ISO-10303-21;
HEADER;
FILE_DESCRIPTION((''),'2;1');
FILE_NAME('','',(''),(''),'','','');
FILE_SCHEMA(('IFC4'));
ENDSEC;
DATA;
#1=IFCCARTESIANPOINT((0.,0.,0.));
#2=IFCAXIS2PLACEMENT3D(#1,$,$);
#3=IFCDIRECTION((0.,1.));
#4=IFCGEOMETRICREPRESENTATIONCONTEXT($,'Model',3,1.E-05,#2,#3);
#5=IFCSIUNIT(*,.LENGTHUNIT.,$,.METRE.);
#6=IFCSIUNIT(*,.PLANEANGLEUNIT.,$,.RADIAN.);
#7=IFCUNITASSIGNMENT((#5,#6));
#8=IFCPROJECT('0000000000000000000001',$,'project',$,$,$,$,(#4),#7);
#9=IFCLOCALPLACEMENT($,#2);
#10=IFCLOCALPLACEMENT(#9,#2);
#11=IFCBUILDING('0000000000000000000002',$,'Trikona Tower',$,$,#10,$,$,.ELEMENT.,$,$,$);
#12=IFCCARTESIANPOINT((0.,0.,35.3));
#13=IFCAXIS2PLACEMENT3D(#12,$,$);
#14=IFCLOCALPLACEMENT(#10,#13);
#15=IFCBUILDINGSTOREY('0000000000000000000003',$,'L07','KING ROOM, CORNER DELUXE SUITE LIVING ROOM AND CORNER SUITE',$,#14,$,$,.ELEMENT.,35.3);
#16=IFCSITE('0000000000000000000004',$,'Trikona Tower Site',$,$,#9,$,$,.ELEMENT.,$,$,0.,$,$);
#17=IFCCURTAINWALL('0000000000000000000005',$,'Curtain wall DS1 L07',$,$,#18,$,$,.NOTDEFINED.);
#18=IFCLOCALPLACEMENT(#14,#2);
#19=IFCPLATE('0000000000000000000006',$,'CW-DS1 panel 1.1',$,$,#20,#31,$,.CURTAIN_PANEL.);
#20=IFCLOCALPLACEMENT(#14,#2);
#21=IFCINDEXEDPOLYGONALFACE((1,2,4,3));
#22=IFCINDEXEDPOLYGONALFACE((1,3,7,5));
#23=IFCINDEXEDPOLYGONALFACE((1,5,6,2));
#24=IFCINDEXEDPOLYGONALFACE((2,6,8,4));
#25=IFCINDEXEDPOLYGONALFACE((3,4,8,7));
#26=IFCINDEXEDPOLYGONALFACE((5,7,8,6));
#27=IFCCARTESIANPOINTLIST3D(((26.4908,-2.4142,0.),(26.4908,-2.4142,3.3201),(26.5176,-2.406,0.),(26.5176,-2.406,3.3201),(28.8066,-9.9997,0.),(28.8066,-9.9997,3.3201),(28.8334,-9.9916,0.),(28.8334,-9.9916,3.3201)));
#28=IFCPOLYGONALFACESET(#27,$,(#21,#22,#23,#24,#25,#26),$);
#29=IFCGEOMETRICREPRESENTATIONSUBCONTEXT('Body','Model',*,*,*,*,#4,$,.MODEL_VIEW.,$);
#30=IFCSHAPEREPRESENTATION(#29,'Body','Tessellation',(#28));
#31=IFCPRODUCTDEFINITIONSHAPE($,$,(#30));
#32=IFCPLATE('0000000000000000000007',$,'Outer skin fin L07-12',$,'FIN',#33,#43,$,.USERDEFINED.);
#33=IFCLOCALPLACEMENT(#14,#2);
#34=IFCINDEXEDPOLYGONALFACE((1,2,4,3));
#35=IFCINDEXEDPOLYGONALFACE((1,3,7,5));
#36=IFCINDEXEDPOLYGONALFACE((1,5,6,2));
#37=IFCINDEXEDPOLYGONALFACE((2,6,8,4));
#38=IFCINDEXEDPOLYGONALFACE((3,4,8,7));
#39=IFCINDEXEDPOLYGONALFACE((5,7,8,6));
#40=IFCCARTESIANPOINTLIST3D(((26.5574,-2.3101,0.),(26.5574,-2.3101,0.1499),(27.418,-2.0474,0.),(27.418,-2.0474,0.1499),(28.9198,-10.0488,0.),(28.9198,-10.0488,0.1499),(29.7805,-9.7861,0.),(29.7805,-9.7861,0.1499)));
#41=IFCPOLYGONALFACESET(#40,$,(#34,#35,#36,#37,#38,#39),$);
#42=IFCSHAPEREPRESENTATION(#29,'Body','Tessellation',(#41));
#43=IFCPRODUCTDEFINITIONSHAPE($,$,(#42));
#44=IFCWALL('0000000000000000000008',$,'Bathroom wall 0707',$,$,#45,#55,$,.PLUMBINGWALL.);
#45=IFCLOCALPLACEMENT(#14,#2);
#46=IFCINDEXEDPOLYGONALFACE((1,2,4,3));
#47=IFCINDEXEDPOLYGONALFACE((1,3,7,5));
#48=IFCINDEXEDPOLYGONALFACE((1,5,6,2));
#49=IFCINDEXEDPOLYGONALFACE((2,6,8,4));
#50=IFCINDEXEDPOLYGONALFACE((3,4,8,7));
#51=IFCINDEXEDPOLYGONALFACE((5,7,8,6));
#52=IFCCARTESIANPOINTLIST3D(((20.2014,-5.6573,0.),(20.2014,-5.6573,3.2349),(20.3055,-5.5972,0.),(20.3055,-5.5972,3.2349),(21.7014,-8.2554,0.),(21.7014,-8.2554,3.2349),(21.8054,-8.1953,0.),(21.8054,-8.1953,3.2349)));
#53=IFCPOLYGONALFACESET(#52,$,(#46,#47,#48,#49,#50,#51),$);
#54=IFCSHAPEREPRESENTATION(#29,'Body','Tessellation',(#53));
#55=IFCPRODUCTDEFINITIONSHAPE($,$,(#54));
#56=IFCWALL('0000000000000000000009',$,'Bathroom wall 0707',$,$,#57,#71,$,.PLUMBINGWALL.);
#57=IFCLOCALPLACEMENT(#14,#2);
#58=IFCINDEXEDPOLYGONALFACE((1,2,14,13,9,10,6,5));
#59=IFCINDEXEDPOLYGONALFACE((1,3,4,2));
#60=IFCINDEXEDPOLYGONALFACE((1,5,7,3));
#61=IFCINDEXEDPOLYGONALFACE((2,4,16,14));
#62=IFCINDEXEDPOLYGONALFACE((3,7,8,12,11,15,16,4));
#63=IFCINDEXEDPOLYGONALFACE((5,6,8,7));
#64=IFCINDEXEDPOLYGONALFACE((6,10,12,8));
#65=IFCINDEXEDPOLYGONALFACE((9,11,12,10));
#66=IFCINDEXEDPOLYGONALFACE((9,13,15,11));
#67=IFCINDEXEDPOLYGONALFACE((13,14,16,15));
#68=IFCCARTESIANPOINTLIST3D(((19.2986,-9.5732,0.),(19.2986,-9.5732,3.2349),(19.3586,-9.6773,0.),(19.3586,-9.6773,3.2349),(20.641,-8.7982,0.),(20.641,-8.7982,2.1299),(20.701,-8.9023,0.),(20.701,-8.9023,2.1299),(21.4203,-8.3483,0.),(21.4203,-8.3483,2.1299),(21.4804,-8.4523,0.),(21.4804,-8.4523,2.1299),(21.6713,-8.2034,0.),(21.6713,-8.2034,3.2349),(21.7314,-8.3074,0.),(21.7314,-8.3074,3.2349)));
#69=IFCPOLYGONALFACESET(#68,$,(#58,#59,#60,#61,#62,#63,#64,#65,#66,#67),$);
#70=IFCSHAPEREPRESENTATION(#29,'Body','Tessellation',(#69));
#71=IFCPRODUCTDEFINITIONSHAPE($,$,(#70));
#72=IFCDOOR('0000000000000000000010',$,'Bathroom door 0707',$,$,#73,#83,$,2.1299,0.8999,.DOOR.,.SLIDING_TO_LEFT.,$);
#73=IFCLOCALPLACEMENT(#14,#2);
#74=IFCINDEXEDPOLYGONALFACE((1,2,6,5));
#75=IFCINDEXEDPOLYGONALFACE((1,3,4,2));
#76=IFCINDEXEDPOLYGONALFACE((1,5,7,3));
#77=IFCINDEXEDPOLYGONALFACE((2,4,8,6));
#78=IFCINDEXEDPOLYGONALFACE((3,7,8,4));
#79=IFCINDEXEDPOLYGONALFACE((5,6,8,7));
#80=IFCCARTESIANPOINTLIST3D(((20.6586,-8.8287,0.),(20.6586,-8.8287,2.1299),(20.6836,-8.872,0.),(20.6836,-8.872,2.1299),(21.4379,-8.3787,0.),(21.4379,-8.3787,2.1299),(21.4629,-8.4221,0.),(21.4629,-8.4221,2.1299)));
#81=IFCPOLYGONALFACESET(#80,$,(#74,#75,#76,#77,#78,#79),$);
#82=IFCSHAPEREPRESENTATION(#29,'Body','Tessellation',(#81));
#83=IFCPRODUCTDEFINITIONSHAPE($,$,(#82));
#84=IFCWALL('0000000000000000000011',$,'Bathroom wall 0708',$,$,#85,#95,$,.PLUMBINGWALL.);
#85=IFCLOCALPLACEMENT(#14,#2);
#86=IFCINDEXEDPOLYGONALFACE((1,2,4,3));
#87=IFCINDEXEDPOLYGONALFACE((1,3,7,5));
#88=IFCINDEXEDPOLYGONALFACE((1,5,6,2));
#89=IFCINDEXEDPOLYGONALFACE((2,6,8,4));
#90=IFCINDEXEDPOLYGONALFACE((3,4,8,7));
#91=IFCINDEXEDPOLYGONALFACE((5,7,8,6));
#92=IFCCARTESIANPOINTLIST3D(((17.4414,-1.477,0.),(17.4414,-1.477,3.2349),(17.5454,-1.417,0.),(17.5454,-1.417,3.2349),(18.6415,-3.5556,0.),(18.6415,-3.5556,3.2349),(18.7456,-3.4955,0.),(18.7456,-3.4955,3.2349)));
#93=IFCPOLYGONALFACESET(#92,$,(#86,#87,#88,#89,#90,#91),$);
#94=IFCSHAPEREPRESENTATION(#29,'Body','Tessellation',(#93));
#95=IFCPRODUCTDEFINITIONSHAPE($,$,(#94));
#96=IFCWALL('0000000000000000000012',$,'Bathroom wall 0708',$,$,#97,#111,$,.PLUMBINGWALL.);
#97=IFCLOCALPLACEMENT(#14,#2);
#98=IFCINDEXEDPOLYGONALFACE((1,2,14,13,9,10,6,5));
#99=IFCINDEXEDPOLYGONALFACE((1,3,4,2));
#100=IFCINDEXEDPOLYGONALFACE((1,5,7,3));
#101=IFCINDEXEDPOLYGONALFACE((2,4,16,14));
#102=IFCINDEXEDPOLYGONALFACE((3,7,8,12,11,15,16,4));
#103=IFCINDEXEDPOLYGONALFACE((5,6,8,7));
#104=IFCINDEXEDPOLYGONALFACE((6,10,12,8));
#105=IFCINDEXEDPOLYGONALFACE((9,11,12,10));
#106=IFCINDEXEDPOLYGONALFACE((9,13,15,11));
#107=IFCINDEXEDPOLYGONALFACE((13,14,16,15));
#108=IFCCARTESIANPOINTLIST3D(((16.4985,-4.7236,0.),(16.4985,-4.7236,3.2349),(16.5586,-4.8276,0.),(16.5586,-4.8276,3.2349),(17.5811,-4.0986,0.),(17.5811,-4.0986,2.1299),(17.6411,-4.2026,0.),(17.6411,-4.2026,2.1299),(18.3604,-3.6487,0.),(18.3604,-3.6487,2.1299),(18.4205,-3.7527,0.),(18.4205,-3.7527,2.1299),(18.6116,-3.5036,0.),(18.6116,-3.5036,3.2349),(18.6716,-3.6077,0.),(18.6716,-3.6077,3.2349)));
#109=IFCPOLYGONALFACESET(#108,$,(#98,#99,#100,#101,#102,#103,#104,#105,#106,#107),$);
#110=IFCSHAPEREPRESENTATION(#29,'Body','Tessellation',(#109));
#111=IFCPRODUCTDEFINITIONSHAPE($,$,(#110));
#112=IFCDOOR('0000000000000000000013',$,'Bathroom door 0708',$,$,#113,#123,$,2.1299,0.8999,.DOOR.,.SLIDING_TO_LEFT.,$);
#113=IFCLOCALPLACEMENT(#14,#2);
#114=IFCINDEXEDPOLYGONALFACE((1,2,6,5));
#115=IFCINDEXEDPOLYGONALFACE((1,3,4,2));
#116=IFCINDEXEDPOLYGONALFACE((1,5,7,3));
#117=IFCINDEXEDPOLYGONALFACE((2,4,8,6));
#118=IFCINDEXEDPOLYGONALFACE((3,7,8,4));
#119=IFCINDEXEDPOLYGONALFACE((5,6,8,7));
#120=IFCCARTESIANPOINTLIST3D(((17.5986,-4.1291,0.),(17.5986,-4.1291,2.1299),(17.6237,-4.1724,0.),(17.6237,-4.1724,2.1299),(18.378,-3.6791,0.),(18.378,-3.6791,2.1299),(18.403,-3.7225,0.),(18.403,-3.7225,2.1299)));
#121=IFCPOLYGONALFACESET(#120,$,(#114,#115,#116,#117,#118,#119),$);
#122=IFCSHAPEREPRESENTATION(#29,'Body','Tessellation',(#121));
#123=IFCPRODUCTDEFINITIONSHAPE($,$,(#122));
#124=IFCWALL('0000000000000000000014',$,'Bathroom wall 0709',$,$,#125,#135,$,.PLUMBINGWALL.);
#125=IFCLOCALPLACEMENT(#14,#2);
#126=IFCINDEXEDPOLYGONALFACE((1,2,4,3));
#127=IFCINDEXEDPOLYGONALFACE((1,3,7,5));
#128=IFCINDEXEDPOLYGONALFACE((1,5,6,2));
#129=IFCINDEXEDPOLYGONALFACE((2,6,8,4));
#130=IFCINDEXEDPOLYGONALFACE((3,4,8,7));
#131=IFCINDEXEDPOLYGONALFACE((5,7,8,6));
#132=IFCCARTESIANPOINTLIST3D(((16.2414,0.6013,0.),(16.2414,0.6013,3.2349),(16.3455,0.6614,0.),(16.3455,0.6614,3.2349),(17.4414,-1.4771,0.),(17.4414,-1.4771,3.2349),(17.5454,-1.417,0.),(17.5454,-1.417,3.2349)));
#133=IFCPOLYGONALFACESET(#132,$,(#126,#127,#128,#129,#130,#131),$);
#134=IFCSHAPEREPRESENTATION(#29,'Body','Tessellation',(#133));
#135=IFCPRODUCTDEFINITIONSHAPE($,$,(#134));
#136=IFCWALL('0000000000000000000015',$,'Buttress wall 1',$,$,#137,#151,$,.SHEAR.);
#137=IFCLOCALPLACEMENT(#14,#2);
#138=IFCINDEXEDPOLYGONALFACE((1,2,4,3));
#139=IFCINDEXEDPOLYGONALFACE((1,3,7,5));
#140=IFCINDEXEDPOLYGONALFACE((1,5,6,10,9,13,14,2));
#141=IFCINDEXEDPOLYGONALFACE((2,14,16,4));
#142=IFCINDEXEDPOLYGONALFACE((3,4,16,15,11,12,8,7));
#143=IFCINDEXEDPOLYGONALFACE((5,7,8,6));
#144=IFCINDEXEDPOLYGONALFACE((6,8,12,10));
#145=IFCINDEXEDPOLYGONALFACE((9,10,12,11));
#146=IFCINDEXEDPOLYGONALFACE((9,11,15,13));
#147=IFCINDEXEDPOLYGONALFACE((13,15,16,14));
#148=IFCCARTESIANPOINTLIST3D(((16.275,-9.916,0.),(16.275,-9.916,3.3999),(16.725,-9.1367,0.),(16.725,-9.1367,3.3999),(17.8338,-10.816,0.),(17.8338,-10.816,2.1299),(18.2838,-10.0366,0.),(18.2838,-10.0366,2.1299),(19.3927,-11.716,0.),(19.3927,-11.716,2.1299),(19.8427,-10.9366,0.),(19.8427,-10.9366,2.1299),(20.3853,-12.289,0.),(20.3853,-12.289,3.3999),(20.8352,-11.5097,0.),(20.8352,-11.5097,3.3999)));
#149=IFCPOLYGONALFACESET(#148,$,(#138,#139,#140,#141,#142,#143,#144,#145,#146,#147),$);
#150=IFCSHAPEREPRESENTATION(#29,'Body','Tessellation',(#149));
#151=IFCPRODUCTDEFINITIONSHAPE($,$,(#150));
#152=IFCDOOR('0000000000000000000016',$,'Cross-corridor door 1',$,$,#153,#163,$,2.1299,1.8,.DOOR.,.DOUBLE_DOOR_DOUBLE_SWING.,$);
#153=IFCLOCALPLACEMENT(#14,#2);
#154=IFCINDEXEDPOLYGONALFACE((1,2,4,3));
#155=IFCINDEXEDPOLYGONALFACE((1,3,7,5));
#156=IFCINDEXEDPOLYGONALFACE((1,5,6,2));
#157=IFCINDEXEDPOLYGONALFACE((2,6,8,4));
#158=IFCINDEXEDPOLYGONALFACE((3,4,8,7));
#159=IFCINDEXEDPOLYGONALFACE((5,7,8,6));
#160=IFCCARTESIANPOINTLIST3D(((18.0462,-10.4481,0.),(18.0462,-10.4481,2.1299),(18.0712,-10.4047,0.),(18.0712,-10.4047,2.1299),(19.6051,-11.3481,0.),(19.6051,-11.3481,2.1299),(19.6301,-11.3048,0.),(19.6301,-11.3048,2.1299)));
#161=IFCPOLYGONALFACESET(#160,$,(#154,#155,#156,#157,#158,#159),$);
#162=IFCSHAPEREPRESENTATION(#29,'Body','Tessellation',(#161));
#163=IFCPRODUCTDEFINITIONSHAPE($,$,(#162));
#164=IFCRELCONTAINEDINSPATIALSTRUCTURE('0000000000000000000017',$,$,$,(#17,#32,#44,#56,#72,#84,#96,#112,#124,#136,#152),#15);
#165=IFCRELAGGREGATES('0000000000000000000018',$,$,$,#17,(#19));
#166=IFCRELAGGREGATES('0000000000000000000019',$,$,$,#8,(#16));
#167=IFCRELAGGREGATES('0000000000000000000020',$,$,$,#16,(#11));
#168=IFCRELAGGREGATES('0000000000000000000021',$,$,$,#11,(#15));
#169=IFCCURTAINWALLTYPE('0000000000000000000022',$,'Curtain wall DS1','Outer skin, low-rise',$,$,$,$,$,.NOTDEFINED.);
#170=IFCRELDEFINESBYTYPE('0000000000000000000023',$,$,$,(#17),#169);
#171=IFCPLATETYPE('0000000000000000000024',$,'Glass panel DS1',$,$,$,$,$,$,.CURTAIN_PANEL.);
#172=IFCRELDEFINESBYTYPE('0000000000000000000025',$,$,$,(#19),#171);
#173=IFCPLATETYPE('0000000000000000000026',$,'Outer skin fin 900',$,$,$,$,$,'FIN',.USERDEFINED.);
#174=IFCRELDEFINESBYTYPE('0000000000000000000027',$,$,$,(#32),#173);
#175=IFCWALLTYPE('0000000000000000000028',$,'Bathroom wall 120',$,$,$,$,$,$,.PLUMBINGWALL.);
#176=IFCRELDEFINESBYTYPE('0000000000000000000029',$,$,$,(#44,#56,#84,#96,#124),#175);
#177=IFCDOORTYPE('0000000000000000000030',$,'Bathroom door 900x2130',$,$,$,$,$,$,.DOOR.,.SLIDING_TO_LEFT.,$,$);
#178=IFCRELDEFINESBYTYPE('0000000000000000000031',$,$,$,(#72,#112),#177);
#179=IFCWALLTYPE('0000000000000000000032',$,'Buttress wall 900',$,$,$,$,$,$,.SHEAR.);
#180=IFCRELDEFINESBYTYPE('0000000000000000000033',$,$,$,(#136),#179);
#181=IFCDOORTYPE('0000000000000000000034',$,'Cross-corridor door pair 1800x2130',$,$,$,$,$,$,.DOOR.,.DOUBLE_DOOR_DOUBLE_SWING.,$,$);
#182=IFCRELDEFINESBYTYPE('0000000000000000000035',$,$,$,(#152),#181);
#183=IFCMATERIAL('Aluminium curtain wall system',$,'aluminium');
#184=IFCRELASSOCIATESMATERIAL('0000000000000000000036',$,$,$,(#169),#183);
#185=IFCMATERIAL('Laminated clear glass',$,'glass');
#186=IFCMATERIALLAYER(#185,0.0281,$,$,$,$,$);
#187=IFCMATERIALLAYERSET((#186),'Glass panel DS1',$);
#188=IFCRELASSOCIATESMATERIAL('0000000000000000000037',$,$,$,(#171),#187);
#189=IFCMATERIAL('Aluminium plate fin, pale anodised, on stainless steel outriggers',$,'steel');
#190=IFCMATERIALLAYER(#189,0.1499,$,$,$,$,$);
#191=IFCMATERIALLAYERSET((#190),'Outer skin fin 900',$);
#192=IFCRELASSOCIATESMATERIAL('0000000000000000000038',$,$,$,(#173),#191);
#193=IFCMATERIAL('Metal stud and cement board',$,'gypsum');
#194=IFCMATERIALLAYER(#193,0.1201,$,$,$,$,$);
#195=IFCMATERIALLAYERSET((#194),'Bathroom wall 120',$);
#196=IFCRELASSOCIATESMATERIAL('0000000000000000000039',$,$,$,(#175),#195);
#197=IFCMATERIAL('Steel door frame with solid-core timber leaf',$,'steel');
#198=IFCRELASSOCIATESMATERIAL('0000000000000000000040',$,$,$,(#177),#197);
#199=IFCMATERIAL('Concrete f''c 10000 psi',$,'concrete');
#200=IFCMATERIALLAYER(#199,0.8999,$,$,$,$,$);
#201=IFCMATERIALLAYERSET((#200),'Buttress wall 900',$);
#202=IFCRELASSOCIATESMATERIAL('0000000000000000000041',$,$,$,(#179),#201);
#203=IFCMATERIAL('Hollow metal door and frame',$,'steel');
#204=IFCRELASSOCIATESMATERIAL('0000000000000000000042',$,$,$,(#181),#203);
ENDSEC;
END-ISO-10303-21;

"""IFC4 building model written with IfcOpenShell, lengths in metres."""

from ifc_helpers import new_model, si_unit, direction, frame, frame_2d, origin, origin_2d, place, context, subcontext, project, spatial, rectangle, extrude, material, layer, layer_set, type_object, element, fill, aggregate, save


model = new_model("IFC4")

# Units and contexts
model_context = context("Model", 3, precision=1e-05, world=origin(), true_north=direction((0.0, 1.0)))
body_context = subcontext(model_context, "Body", "Model", "MODEL_VIEW")
ifc_project = project(units=[si_unit("LENGTHUNIT", "METRE"), si_unit("PLANEANGLEUNIT", "RADIAN")], contexts=[model_context])

# Site, building, storey
site_placement = place(None, origin())
site = spatial("IfcSite", under=ifc_project, at=site_placement, Name="Trikona Tower Site", CompositionType="ELEMENT", RefElevation=0.0)
building_placement = place(site_placement, origin())
building = spatial("IfcBuilding", under=site, at=building_placement, Name="Trikona Tower", CompositionType="ELEMENT")
storey_placement = place(building_placement, frame((0.0, 0.0, 35.3)))
storey = spatial("IfcBuildingStorey", under=building, at=storey_placement, Name="L07", Description="KING ROOM, CORNER DELUXE SUITE LIVING ROOM AND CORNER SUITE", CompositionType="ELEMENT", Elevation=35.3)

# Curtain wall
ifc_material_1 = material(Name="Aluminium curtain wall system", Category="aluminium")
curtain_wall_type = type_object("IfcCurtainWallType", Name="Curtain wall DS1", Description="Outer skin, low-rise", PredefinedType="NOTDEFINED", material=ifc_material_1)
curtain_wall_1_placement = place(storey_placement, origin())
curtain_wall_1 = element("IfcCurtainWall", 1, at=curtain_wall_1_placement, inside=storey, type_object=curtain_wall_type, Name="Curtain wall DS1 L07", PredefinedType="NOTDEFINED")

# Plates
ifc_material_2 = material(Name="Laminated clear glass", Category="glass")
ifc_layer_1 = layer(ifc_material_2, 0.0281)
ifc_layer_set_1 = layer_set([ifc_layer_1], Name="Glass panel DS1")
plate_type_1 = type_object("IfcPlateType", Name="Glass panel DS1", PredefinedType="CURTAIN_PANEL", material=ifc_layer_set_1)
plate_1_placement = place(storey_placement, frame((27.6621, -6.2029, 0.0), z_axis=(0.0, 0.0, 1.0), x_axis=(-0.291984, 0.956423, 0.0)))
plate_1 = element("IfcPlate", 2, at=plate_1_placement, type_object=plate_type_1, Name="CW-DS1 panel 1.1", PredefinedType="CURTAIN_PANEL", context=body_context, shape_type="SweptSolid", body=[
    extrude(rectangle(XDim=7.9312, YDim=0.0281, at=origin_2d()), origin(), (0.0, 0.0, 1.0), 3.3201),
])
aggregate(curtain_wall_1, [plate_1])
ifc_material_3 = material(Name="Aluminium plate fin, pale anodised, on stainless steel outriggers", Category="steel")
ifc_layer_2 = layer(ifc_material_3, 0.1499)
ifc_layer_set_2 = layer_set([ifc_layer_2], Name="Outer skin fin 900")
plate_type_2 = type_object("IfcPlateType", Name="Outer skin fin 900", ElementType="FIN", PredefinedType="USERDEFINED", material=ifc_layer_set_2)
plate_2_placement = place(storey_placement, frame((28.1689, -6.0481, 0.0), z_axis=(0.0, 0.0, 1.0), x_axis=(-0.291979, 0.956425, 0.0)))
element("IfcPlate", 3, at=plate_2_placement, inside=storey, type_object=plate_type_2, Name="Outer skin fin L07-12", ObjectType="FIN", PredefinedType="USERDEFINED", context=body_context, shape_type="SweptSolid", body=[
    extrude(rectangle(XDim=8.0913, YDim=0.8999, at=origin_2d()), origin(), (0.0, 0.0, 1.0), 0.1499),
])

# Wall
ifc_material_4 = material(Name="Metal stud and cement board", Category="gypsum")
ifc_layer_3 = layer(ifc_material_4, 0.1201)
ifc_layer_set_3 = layer_set([ifc_layer_3], Name="Bathroom wall 120")
wall_type_1 = type_object("IfcWallType", Name="Bathroom wall 120", PredefinedType="PLUMBINGWALL", material=ifc_layer_set_3)
wall_1_placement = place(storey_placement, frame((21.7534, -8.2253, 0.0), z_axis=(0.0, 0.0, 1.0), x_axis=(-0.49999, 0.866031, 0.0)))
element("IfcWall", 4, at=wall_1_placement, inside=storey, type_object=wall_type_1, Name="Bathroom wall 0707", PredefinedType="PLUMBINGWALL", context=body_context, shape_type="SweptSolid", body=[
    extrude(rectangle(XDim=3.0, YDim=0.1201, at=frame_2d((1.5, 0.0))), origin(), (0.0, 0.0, 1.0), 3.2349),
])

# Wall, opening, door
wall_2_placement = place(storey_placement, frame((19.3286, -9.6252, 0.0), z_axis=(0.0, 0.0, 1.0), x_axis=(0.866036, 0.499982, 0.0)))
wall_2 = element("IfcWall", 5, at=wall_2_placement, inside=storey, type_object=wall_type_1, Name="Bathroom wall 0707", PredefinedType="PLUMBINGWALL", context=body_context, shape_type="SweptSolid", body=[
    extrude(rectangle(XDim=2.7397, YDim=0.1201, at=frame_2d((1.3699, 0.0))), origin(), (0.0, 0.0, 1.0), 3.2349),
])
opening_1_placement = place(wall_2_placement, frame((1.55, 0.0, 0.0)))
opening_1 = element("IfcOpeningElement", 6, at=opening_1_placement, cuts=wall_2, PredefinedType="OPENING", context=body_context, shape_type="SweptSolid", body=[
    extrude(rectangle(XDim=0.8999, YDim=2.1299, at=frame_2d((0.45, 1.0649))), frame((0.0, 0.0701, 0.0), z_axis=(0.0, -1.0, 0.0), x_axis=(1.0, 0.0, 0.0)), (0.0, 0.0, 1.0), 0.1401),
])
ifc_material_5 = material(Name="Steel door frame with solid-core timber leaf", Category="steel")
door_type_1 = type_object("IfcDoorType", Name="Bathroom door 900x2130", OperationType="SLIDING_TO_LEFT", PredefinedType="DOOR", material=ifc_material_5)
door_1_placement = place(opening_1_placement, origin())
door_1 = element("IfcDoor", 7, at=door_1_placement, inside=storey, type_object=door_type_1, Name="Bathroom door 0707", OperationType="SLIDING_TO_LEFT", OverallHeight=2.1299, OverallWidth=0.8999, PredefinedType="DOOR", context=body_context, shape_type="SweptSolid", body=[
    extrude(rectangle(XDim=0.8999, YDim=2.1299, at=frame_2d((0.45, 1.0649))), frame((0.0, 0.0249, 0.0), z_axis=(0.0, -1.0, 0.0), x_axis=(1.0, 0.0, 0.0)), (0.0, 0.0, 1.0), 0.05),
])
fill(opening_1, door_1)

# Wall
wall_3_placement = place(storey_placement, frame((18.6936, -3.5256, 0.0), z_axis=(0.0, 0.0, 1.0), x_axis=(-0.500034, 0.866006, 0.0)))
element("IfcWall", 8, at=wall_3_placement, inside=storey, type_object=wall_type_1, Name="Bathroom wall 0708", PredefinedType="PLUMBINGWALL", context=body_context, shape_type="SweptSolid", body=[
    extrude(rectangle(XDim=2.4001, YDim=0.1201, at=frame_2d((1.2002, 0.0))), origin(), (0.0, 0.0, 1.0), 3.2349),
])

# Wall, opening, door
wall_4_placement = place(storey_placement, frame((16.5286, -4.7756, 0.0), z_axis=(0.0, 0.0, 1.0), x_axis=(0.866024, 0.500003, 0.0)))
wall_4 = element("IfcWall", 9, at=wall_4_placement, inside=storey, type_object=wall_type_1, Name="Bathroom wall 0708", PredefinedType="PLUMBINGWALL", context=body_context, shape_type="SweptSolid", body=[
    extrude(rectangle(XDim=2.4399, YDim=0.1201, at=frame_2d((1.22, 0.0))), origin(), (0.0, 0.0, 1.0), 3.2349),
])
opening_2_placement = place(wall_4_placement, frame((1.25, 0.0, 0.0)))
opening_2 = element("IfcOpeningElement", 10, at=opening_2_placement, cuts=wall_4, PredefinedType="OPENING", context=body_context, shape_type="SweptSolid", body=[
    extrude(rectangle(XDim=0.8999, YDim=2.1299, at=frame_2d((0.45, 1.0649))), frame((0.0, 0.0701, 0.0), z_axis=(0.0, -1.0, 0.0), x_axis=(1.0, 0.0, 0.0)), (0.0, 0.0, 1.0), 0.1401),
])
door_2_placement = place(opening_2_placement, origin())
door_2 = element("IfcDoor", 11, at=door_2_placement, inside=storey, type_object=door_type_1, Name="Bathroom door 0708", OperationType="SLIDING_TO_LEFT", OverallHeight=2.1299, OverallWidth=0.8999, PredefinedType="DOOR", context=body_context, shape_type="SweptSolid", body=[
    extrude(rectangle(XDim=0.8999, YDim=2.1299, at=frame_2d((0.45, 1.0649))), frame((0.0, 0.0249, 0.0), z_axis=(0.0, -1.0, 0.0), x_axis=(1.0, 0.0, 0.0)), (0.0, 0.0, 1.0), 0.05),
])
fill(opening_2, door_2)

# Wall
wall_5_placement = place(storey_placement, frame((17.4934, -1.447, 0.0), z_axis=(0.0, 0.0, 1.0), x_axis=(-0.500001, 0.866025, 0.0)))
element("IfcWall", 12, at=wall_5_placement, inside=storey, type_object=wall_type_1, Name="Bathroom wall 0709", PredefinedType="PLUMBINGWALL", context=body_context, shape_type="SweptSolid", body=[
    extrude(rectangle(XDim=2.3999, YDim=0.1201, at=frame_2d((1.2, 0.0))), origin(), (0.0, 0.0, 1.0), 3.2349),
])

# Wall, opening, door
ifc_material_6 = material(Name="Concrete f'c 10000 psi", Category="concrete")
ifc_layer_4 = layer(ifc_material_6, 0.8999)
ifc_layer_set_4 = layer_set([ifc_layer_4], Name="Buttress wall 900")
wall_type_2 = type_object("IfcWallType", Name="Buttress wall 900", PredefinedType="SHEAR", material=ifc_layer_set_4)
wall_6_placement = place(storey_placement, frame((16.5, -9.5264, 0.0), z_axis=(0.0, 0.0, 1.0), x_axis=(0.866031, -0.49999, 0.0)))
wall_6 = element("IfcWall", 13, at=wall_6_placement, inside=storey, type_object=wall_type_2, Name="Buttress wall 1", PredefinedType="SHEAR", context=body_context, shape_type="SweptSolid", body=[
    extrude(rectangle(XDim=4.7461, YDim=0.8999, at=frame_2d((2.373, 0.0))), origin(), (0.0, 0.0, 1.0), 3.3999),
])
opening_3_placement = place(wall_6_placement, frame((1.8, 0.0, 0.0)))
opening_3 = element("IfcOpeningElement", 14, at=opening_3_placement, cuts=wall_6, PredefinedType="OPENING", context=body_context, shape_type="SweptSolid", body=[
    extrude(rectangle(XDim=1.8, YDim=2.1299, at=frame_2d((0.8999, 1.0649))), frame((0.0, 0.46, 0.0), z_axis=(0.0, -1.0, 0.0), x_axis=(1.0, 0.0, 0.0)), (0.0, 0.0, 1.0), 0.9199),
])
ifc_material_7 = material(Name="Hollow metal door and frame", Category="steel")
door_type_2 = type_object("IfcDoorType", Name="Cross-corridor door pair 1800x2130", OperationType="DOUBLE_DOOR_DOUBLE_SWING", PredefinedType="DOOR", material=ifc_material_7)
door_3_placement = place(opening_3_placement, origin())
door_3 = element("IfcDoor", 15, at=door_3_placement, inside=storey, type_object=door_type_2, Name="Cross-corridor door 1", OperationType="DOUBLE_DOOR_DOUBLE_SWING", OverallHeight=2.1299, OverallWidth=1.8, PredefinedType="DOOR", context=body_context, shape_type="SweptSolid", body=[
    extrude(rectangle(XDim=1.8, YDim=2.1299, at=frame_2d((0.8999, 1.0649))), frame((0.0, 0.0249, 0.0), z_axis=(0.0, -1.0, 0.0), x_axis=(1.0, 0.0, 0.0)), (0.0, 0.0, 1.0), 0.05),
])
fill(opening_3, door_3)

save(model, "model.ifc")
